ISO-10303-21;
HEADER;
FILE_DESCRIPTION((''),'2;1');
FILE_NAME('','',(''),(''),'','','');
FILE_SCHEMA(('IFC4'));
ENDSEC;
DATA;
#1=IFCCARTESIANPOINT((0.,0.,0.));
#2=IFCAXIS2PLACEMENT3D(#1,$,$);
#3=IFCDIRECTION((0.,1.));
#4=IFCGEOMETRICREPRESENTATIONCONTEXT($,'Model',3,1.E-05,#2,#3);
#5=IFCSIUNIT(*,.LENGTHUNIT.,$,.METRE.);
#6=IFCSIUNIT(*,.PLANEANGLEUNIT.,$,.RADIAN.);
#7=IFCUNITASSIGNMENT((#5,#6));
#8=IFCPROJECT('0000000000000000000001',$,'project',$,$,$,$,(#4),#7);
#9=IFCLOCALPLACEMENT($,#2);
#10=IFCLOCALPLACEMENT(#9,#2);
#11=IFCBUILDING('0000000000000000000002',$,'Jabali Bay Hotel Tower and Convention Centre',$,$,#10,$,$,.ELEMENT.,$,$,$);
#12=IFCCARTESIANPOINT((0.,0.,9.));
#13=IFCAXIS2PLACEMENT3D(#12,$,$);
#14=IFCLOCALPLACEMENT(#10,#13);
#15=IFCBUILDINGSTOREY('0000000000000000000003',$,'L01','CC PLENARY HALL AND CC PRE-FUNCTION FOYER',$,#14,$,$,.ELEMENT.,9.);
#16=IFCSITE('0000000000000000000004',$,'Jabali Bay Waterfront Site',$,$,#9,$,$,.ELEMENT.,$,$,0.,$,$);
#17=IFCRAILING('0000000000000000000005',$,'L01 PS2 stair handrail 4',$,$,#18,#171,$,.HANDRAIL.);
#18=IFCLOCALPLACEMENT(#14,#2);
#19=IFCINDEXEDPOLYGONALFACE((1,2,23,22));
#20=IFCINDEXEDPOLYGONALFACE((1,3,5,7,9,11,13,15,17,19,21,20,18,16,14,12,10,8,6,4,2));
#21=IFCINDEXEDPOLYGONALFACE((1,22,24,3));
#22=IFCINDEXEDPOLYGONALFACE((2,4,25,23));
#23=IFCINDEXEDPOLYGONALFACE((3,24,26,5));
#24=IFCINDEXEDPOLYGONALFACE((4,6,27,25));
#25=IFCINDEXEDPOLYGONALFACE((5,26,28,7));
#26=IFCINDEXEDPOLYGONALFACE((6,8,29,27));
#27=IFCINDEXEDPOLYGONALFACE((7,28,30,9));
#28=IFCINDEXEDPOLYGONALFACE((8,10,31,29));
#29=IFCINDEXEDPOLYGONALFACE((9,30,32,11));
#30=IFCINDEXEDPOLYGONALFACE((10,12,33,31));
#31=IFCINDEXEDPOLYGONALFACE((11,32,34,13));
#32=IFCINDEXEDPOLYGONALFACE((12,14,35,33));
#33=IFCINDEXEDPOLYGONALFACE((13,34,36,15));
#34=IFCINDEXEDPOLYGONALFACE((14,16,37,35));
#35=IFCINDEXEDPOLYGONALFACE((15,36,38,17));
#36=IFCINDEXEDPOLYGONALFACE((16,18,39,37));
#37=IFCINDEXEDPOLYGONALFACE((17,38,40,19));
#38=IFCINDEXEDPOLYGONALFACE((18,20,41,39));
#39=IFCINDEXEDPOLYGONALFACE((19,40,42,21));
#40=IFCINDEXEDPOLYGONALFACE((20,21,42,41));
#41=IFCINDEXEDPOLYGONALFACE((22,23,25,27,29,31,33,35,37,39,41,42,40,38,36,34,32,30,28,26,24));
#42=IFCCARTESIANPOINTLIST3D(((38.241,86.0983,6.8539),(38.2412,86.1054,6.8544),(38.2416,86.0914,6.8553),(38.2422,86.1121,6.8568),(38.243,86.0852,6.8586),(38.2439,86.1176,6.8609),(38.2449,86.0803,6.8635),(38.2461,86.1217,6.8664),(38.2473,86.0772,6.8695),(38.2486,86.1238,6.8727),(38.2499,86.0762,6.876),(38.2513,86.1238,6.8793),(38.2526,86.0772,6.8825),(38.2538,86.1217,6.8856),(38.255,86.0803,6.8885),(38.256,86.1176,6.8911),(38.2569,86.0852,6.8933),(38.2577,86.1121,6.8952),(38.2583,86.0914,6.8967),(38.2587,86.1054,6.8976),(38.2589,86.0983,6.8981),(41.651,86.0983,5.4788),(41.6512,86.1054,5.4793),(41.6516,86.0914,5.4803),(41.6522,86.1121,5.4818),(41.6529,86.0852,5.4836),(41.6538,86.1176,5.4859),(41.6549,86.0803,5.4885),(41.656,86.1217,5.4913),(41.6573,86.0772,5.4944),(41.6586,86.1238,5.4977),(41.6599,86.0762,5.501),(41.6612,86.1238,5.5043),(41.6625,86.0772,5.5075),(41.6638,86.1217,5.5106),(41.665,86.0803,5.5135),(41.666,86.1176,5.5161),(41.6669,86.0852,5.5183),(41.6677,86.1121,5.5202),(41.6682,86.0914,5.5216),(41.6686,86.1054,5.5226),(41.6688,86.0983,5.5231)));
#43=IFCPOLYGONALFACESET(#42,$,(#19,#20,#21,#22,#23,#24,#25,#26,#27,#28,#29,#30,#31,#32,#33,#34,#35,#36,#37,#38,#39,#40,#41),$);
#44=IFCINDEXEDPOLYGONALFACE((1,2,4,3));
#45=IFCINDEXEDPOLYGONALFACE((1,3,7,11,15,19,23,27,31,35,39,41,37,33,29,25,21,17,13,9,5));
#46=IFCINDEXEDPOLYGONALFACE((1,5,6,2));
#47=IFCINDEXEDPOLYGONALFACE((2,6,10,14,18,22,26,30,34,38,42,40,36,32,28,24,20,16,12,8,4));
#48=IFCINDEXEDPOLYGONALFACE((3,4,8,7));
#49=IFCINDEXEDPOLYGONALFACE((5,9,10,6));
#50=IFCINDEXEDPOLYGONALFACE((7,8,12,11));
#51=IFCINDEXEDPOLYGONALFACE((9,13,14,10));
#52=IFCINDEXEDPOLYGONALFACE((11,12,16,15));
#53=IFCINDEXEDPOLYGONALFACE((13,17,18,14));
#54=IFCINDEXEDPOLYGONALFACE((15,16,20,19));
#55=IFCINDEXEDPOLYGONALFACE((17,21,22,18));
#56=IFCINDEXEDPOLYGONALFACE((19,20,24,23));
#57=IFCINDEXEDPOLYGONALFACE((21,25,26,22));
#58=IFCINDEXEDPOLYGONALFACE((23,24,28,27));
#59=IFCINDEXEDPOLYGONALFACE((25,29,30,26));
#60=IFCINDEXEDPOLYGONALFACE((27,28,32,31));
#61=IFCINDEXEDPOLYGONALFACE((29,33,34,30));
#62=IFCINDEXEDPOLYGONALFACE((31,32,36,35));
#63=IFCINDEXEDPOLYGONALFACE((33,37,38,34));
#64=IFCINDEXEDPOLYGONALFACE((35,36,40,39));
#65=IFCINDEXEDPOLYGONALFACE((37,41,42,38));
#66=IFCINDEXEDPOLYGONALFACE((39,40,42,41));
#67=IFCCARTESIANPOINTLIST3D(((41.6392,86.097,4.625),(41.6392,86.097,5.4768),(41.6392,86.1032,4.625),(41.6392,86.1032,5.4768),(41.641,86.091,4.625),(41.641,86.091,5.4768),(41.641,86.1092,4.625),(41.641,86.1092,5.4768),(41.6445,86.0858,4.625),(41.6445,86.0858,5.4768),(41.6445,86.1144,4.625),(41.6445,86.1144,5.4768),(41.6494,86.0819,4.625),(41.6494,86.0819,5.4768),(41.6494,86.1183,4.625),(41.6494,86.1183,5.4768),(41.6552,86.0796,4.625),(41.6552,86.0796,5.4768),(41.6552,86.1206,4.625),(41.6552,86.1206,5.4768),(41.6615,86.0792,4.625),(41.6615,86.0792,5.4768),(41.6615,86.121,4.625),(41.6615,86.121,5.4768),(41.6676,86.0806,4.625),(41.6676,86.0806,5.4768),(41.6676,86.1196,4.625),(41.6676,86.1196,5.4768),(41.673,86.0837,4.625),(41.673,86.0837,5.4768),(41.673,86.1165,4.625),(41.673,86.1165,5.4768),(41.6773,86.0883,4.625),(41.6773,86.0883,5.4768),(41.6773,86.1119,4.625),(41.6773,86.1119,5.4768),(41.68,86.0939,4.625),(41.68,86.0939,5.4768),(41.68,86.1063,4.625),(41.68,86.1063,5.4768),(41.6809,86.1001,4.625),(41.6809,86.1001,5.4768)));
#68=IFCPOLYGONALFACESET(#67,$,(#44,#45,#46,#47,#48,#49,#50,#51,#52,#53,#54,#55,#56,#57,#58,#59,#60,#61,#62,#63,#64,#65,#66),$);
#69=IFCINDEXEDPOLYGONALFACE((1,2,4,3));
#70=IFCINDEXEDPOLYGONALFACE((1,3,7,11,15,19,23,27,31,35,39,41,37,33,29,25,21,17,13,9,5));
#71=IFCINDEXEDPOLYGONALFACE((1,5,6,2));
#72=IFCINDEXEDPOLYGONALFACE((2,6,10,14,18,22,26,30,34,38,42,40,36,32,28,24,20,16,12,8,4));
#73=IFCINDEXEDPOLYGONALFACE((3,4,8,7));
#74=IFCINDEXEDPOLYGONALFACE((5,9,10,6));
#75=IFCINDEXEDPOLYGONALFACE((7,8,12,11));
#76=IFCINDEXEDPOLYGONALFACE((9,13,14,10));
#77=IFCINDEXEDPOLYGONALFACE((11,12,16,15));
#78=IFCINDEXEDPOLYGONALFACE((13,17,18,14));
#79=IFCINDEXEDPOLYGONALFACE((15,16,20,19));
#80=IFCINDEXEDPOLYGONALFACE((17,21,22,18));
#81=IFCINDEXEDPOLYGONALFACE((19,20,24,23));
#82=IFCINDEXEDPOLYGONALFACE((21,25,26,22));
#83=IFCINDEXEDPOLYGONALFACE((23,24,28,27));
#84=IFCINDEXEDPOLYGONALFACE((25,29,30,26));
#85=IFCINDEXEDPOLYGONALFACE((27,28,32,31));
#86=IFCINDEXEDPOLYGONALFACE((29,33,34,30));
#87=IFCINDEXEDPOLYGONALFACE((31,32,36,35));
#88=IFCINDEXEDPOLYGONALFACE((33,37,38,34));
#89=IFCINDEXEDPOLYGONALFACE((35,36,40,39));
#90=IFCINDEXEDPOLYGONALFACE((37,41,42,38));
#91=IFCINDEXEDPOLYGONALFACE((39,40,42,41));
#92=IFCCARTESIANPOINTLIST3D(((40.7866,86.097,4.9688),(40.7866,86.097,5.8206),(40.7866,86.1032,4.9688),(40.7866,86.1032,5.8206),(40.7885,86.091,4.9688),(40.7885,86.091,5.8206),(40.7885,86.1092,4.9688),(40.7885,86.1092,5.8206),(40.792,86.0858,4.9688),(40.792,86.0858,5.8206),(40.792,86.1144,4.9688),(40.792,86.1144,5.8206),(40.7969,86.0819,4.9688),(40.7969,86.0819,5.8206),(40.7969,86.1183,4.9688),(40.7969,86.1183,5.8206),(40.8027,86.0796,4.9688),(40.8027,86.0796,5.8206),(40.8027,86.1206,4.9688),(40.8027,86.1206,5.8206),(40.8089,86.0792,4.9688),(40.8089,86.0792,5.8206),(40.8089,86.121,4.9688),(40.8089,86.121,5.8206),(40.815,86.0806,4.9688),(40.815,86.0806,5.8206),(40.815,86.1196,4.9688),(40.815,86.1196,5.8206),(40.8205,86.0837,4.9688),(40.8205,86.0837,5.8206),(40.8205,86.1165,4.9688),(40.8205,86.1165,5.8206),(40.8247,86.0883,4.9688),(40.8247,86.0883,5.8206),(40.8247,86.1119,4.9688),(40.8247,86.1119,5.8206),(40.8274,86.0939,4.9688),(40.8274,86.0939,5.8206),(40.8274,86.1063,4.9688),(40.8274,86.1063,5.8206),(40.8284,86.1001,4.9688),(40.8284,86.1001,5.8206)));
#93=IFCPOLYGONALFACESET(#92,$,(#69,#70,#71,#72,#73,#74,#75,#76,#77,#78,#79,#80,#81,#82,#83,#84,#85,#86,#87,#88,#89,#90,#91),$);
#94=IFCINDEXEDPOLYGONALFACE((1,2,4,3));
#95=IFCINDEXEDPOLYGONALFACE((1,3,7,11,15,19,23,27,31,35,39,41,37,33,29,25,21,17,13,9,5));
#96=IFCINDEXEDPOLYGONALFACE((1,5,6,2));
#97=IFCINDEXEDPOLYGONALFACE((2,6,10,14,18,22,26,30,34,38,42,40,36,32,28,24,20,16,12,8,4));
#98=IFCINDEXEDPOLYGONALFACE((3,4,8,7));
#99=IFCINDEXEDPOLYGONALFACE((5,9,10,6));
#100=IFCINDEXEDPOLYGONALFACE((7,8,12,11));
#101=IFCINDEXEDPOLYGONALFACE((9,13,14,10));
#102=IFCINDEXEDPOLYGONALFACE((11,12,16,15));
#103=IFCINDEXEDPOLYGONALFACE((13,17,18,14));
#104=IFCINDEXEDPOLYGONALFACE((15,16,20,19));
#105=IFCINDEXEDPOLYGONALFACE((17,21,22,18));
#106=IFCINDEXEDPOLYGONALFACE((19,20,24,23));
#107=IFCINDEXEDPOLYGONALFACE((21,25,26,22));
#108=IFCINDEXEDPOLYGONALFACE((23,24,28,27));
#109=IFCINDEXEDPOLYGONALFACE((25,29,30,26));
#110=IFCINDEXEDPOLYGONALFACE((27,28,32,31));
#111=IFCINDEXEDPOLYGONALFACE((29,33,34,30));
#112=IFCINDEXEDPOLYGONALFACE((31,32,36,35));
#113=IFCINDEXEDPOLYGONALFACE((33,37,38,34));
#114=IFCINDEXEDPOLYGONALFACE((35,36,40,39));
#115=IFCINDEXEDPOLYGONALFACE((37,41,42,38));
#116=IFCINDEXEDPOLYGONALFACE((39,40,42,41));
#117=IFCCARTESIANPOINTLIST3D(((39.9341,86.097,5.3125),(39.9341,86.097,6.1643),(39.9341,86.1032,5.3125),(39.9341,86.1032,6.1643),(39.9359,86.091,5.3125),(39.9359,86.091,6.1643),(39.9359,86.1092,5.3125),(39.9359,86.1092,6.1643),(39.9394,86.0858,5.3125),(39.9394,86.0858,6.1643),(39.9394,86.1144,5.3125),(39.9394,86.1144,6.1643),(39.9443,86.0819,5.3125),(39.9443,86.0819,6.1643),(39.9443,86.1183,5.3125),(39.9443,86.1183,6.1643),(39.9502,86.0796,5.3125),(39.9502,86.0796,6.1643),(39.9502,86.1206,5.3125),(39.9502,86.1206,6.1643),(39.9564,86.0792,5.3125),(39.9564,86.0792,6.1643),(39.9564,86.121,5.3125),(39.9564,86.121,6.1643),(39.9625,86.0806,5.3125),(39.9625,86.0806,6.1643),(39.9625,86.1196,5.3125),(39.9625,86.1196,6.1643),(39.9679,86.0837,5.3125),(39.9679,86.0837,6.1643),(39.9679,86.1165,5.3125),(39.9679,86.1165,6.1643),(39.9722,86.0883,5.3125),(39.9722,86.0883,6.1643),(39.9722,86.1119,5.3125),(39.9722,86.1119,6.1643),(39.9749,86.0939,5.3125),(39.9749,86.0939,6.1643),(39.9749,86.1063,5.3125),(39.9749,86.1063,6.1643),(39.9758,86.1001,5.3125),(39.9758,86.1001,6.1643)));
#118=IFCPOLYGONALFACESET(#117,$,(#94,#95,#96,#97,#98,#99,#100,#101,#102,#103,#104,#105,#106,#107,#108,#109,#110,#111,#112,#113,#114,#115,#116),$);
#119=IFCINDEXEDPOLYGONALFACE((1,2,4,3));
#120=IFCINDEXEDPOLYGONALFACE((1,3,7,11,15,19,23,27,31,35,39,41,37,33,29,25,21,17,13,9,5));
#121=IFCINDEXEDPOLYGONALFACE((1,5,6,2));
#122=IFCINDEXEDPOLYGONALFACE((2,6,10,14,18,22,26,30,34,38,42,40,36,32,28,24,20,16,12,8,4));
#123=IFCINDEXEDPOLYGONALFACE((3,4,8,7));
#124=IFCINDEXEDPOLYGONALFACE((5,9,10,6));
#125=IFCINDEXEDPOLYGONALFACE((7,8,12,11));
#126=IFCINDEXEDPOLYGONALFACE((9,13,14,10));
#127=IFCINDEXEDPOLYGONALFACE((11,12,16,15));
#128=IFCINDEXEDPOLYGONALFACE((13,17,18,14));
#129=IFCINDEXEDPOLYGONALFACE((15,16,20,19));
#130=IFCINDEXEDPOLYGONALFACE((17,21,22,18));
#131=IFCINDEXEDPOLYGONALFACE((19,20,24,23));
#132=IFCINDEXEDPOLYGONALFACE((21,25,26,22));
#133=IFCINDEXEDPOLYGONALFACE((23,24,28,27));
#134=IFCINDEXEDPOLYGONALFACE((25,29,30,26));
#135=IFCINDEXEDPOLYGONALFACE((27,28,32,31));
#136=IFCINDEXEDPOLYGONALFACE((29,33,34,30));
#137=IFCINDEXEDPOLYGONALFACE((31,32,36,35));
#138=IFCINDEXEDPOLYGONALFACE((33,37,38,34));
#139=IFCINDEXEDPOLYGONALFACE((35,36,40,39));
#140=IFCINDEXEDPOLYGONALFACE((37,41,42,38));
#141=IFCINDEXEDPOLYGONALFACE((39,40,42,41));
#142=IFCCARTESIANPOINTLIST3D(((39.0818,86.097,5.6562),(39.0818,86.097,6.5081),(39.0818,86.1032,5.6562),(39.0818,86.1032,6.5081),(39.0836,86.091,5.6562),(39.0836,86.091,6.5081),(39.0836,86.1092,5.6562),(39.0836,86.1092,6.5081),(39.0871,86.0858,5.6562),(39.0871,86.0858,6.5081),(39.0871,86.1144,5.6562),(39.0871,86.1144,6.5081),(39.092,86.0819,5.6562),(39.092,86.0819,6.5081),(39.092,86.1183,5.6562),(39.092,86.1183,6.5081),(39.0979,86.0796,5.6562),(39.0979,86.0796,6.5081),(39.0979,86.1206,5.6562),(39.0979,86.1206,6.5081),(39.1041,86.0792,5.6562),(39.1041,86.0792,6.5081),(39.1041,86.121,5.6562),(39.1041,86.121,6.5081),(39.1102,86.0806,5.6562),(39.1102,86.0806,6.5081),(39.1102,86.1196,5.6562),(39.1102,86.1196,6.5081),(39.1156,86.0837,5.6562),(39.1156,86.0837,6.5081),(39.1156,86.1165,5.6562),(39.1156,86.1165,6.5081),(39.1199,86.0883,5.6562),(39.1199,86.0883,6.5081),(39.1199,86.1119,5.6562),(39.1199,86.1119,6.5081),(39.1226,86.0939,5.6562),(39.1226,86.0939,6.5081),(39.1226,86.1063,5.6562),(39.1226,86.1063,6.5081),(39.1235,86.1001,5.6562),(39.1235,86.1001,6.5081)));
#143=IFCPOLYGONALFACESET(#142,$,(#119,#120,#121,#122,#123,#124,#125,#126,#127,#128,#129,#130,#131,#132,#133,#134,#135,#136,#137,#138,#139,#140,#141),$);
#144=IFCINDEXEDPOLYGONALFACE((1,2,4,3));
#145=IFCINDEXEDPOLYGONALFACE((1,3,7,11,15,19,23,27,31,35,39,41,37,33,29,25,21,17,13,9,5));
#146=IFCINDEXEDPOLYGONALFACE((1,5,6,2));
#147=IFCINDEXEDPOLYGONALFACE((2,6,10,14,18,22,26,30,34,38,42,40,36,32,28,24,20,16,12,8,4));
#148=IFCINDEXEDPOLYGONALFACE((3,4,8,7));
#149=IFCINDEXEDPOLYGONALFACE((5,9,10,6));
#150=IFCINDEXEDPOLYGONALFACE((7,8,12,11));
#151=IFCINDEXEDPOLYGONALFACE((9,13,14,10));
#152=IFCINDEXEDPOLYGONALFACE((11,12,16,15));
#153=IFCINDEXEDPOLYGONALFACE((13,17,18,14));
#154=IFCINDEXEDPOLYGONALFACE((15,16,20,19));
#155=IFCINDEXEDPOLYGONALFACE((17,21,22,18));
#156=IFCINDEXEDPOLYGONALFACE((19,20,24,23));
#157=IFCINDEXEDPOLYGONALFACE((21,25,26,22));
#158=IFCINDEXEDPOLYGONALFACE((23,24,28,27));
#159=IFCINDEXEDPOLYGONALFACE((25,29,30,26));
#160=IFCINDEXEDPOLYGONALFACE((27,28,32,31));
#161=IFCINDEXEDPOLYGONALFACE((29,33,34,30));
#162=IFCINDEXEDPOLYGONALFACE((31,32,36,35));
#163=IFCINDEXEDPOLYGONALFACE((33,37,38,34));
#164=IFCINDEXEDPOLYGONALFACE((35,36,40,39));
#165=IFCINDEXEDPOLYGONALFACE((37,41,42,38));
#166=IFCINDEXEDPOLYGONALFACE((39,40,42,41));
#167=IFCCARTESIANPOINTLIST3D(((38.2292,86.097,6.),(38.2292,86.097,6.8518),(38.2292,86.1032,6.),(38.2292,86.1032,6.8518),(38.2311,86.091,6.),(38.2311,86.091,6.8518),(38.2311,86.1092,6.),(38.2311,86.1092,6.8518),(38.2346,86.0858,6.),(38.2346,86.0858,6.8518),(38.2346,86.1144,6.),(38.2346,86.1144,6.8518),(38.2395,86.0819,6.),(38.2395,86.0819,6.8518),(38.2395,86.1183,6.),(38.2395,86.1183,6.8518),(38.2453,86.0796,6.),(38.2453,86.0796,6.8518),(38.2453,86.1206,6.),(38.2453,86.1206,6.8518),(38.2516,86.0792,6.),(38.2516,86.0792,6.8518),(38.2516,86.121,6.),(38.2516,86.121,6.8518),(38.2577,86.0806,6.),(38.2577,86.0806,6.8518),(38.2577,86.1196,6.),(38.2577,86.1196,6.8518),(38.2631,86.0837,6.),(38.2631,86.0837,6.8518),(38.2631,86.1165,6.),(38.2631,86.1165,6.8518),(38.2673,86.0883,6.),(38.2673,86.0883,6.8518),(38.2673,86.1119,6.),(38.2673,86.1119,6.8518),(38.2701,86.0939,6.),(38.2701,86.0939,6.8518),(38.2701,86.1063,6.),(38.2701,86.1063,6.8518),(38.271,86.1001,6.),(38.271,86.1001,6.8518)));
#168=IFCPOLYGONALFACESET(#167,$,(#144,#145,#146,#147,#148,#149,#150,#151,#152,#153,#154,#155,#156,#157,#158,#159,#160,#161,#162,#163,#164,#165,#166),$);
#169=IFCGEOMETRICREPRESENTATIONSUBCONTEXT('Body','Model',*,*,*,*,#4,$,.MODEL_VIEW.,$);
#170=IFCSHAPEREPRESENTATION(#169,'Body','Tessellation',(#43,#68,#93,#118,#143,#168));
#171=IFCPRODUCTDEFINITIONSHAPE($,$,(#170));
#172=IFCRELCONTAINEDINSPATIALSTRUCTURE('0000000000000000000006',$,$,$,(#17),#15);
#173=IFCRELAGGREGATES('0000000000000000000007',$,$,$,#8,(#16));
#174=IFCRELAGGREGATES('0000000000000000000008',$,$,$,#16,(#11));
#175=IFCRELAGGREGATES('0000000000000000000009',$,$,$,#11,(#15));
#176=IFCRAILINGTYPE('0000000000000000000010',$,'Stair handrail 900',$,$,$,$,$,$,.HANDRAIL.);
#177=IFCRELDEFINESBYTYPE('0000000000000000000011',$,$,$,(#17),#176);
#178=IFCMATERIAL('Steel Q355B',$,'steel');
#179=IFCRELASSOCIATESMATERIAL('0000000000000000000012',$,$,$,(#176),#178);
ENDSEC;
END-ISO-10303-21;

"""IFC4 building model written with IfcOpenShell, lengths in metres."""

from ifc_helpers import new_model, si_unit, direction, frame, origin, origin_2d, place, context, subcontext, project, spatial, circle, extrude, material, type_object, element, save


model = new_model("IFC4")

# Units and contexts
model_context = context("Model", 3, precision=1e-05, world=origin(), true_north=direction((0.0, 1.0)))
body_context = subcontext(model_context, "Body", "Model", "MODEL_VIEW")
ifc_project = project(units=[si_unit("LENGTHUNIT", "METRE"), si_unit("PLANEANGLEUNIT", "RADIAN")], contexts=[model_context])

# Site, building, storey
site_placement = place(None, origin())
site = spatial("IfcSite", under=ifc_project, at=site_placement, Name="Jabali Bay Waterfront Site", CompositionType="ELEMENT", RefElevation=0.0)
building_placement = place(site_placement, origin())
building = spatial("IfcBuilding", under=site, at=building_placement, Name="Jabali Bay Hotel Tower and Convention Centre", CompositionType="ELEMENT")
storey_placement = place(building_placement, frame((0.0, 0.0, 9.0)))
storey = spatial("IfcBuildingStorey", under=building, at=storey_placement, Name="L01", Description="CC PLENARY HALL AND CC PRE-FUNCTION FOYER", CompositionType="ELEMENT", Elevation=9.0)

# Railing
ifc_material_1 = material(Name="Steel Q355B", Category="steel")
railing_type_1 = type_object("IfcRailingType", Name="Stair handrail 900", PredefinedType="HANDRAIL", material=ifc_material_1)
for number, where, name in (
    (1, (41.6599, 86.1001, 4.625), "L01 PS2 stair handrail 4"),
):
    element("IfcRailing", number, at=place(storey_placement, frame(where)), inside=storey, type_object=railing_type_1, Name=name, PredefinedType="HANDRAIL", context=body_context, shape_type="SweptSolid", body=[
        extrude(circle(Radius=0.0239, at=origin_2d()), frame((0.0, 0.0, 0.876), z_axis=(-0.927438, 0.0, 0.373977), x_axis=(0.0, -1.0, 0.0)), (0.0, 0.0, 1.0), 3.6768),
        extrude(circle(Radius=0.021, at=origin_2d()), origin(), (0.0, 0.0, 1.0), 0.8518),
        extrude(circle(Radius=0.021, at=origin_2d()), frame((-0.8525, 0.0, 0.3438)), (0.0, 0.0, 1.0), 0.8518),
        extrude(circle(Radius=0.021, at=origin_2d()), frame((-1.7051, 0.0, 0.6875)), (0.0, 0.0, 1.0), 0.8518),
        extrude(circle(Radius=0.021, at=origin_2d()), frame((-2.5574, 0.0, 1.0312)), (0.0, 0.0, 1.0), 0.8518),
        extrude(circle(Radius=0.021, at=origin_2d()), frame((-3.4099, 0.0, 1.375)), (0.0, 0.0, 1.0), 0.8518),
    ])

save(model, "model.ifc")
